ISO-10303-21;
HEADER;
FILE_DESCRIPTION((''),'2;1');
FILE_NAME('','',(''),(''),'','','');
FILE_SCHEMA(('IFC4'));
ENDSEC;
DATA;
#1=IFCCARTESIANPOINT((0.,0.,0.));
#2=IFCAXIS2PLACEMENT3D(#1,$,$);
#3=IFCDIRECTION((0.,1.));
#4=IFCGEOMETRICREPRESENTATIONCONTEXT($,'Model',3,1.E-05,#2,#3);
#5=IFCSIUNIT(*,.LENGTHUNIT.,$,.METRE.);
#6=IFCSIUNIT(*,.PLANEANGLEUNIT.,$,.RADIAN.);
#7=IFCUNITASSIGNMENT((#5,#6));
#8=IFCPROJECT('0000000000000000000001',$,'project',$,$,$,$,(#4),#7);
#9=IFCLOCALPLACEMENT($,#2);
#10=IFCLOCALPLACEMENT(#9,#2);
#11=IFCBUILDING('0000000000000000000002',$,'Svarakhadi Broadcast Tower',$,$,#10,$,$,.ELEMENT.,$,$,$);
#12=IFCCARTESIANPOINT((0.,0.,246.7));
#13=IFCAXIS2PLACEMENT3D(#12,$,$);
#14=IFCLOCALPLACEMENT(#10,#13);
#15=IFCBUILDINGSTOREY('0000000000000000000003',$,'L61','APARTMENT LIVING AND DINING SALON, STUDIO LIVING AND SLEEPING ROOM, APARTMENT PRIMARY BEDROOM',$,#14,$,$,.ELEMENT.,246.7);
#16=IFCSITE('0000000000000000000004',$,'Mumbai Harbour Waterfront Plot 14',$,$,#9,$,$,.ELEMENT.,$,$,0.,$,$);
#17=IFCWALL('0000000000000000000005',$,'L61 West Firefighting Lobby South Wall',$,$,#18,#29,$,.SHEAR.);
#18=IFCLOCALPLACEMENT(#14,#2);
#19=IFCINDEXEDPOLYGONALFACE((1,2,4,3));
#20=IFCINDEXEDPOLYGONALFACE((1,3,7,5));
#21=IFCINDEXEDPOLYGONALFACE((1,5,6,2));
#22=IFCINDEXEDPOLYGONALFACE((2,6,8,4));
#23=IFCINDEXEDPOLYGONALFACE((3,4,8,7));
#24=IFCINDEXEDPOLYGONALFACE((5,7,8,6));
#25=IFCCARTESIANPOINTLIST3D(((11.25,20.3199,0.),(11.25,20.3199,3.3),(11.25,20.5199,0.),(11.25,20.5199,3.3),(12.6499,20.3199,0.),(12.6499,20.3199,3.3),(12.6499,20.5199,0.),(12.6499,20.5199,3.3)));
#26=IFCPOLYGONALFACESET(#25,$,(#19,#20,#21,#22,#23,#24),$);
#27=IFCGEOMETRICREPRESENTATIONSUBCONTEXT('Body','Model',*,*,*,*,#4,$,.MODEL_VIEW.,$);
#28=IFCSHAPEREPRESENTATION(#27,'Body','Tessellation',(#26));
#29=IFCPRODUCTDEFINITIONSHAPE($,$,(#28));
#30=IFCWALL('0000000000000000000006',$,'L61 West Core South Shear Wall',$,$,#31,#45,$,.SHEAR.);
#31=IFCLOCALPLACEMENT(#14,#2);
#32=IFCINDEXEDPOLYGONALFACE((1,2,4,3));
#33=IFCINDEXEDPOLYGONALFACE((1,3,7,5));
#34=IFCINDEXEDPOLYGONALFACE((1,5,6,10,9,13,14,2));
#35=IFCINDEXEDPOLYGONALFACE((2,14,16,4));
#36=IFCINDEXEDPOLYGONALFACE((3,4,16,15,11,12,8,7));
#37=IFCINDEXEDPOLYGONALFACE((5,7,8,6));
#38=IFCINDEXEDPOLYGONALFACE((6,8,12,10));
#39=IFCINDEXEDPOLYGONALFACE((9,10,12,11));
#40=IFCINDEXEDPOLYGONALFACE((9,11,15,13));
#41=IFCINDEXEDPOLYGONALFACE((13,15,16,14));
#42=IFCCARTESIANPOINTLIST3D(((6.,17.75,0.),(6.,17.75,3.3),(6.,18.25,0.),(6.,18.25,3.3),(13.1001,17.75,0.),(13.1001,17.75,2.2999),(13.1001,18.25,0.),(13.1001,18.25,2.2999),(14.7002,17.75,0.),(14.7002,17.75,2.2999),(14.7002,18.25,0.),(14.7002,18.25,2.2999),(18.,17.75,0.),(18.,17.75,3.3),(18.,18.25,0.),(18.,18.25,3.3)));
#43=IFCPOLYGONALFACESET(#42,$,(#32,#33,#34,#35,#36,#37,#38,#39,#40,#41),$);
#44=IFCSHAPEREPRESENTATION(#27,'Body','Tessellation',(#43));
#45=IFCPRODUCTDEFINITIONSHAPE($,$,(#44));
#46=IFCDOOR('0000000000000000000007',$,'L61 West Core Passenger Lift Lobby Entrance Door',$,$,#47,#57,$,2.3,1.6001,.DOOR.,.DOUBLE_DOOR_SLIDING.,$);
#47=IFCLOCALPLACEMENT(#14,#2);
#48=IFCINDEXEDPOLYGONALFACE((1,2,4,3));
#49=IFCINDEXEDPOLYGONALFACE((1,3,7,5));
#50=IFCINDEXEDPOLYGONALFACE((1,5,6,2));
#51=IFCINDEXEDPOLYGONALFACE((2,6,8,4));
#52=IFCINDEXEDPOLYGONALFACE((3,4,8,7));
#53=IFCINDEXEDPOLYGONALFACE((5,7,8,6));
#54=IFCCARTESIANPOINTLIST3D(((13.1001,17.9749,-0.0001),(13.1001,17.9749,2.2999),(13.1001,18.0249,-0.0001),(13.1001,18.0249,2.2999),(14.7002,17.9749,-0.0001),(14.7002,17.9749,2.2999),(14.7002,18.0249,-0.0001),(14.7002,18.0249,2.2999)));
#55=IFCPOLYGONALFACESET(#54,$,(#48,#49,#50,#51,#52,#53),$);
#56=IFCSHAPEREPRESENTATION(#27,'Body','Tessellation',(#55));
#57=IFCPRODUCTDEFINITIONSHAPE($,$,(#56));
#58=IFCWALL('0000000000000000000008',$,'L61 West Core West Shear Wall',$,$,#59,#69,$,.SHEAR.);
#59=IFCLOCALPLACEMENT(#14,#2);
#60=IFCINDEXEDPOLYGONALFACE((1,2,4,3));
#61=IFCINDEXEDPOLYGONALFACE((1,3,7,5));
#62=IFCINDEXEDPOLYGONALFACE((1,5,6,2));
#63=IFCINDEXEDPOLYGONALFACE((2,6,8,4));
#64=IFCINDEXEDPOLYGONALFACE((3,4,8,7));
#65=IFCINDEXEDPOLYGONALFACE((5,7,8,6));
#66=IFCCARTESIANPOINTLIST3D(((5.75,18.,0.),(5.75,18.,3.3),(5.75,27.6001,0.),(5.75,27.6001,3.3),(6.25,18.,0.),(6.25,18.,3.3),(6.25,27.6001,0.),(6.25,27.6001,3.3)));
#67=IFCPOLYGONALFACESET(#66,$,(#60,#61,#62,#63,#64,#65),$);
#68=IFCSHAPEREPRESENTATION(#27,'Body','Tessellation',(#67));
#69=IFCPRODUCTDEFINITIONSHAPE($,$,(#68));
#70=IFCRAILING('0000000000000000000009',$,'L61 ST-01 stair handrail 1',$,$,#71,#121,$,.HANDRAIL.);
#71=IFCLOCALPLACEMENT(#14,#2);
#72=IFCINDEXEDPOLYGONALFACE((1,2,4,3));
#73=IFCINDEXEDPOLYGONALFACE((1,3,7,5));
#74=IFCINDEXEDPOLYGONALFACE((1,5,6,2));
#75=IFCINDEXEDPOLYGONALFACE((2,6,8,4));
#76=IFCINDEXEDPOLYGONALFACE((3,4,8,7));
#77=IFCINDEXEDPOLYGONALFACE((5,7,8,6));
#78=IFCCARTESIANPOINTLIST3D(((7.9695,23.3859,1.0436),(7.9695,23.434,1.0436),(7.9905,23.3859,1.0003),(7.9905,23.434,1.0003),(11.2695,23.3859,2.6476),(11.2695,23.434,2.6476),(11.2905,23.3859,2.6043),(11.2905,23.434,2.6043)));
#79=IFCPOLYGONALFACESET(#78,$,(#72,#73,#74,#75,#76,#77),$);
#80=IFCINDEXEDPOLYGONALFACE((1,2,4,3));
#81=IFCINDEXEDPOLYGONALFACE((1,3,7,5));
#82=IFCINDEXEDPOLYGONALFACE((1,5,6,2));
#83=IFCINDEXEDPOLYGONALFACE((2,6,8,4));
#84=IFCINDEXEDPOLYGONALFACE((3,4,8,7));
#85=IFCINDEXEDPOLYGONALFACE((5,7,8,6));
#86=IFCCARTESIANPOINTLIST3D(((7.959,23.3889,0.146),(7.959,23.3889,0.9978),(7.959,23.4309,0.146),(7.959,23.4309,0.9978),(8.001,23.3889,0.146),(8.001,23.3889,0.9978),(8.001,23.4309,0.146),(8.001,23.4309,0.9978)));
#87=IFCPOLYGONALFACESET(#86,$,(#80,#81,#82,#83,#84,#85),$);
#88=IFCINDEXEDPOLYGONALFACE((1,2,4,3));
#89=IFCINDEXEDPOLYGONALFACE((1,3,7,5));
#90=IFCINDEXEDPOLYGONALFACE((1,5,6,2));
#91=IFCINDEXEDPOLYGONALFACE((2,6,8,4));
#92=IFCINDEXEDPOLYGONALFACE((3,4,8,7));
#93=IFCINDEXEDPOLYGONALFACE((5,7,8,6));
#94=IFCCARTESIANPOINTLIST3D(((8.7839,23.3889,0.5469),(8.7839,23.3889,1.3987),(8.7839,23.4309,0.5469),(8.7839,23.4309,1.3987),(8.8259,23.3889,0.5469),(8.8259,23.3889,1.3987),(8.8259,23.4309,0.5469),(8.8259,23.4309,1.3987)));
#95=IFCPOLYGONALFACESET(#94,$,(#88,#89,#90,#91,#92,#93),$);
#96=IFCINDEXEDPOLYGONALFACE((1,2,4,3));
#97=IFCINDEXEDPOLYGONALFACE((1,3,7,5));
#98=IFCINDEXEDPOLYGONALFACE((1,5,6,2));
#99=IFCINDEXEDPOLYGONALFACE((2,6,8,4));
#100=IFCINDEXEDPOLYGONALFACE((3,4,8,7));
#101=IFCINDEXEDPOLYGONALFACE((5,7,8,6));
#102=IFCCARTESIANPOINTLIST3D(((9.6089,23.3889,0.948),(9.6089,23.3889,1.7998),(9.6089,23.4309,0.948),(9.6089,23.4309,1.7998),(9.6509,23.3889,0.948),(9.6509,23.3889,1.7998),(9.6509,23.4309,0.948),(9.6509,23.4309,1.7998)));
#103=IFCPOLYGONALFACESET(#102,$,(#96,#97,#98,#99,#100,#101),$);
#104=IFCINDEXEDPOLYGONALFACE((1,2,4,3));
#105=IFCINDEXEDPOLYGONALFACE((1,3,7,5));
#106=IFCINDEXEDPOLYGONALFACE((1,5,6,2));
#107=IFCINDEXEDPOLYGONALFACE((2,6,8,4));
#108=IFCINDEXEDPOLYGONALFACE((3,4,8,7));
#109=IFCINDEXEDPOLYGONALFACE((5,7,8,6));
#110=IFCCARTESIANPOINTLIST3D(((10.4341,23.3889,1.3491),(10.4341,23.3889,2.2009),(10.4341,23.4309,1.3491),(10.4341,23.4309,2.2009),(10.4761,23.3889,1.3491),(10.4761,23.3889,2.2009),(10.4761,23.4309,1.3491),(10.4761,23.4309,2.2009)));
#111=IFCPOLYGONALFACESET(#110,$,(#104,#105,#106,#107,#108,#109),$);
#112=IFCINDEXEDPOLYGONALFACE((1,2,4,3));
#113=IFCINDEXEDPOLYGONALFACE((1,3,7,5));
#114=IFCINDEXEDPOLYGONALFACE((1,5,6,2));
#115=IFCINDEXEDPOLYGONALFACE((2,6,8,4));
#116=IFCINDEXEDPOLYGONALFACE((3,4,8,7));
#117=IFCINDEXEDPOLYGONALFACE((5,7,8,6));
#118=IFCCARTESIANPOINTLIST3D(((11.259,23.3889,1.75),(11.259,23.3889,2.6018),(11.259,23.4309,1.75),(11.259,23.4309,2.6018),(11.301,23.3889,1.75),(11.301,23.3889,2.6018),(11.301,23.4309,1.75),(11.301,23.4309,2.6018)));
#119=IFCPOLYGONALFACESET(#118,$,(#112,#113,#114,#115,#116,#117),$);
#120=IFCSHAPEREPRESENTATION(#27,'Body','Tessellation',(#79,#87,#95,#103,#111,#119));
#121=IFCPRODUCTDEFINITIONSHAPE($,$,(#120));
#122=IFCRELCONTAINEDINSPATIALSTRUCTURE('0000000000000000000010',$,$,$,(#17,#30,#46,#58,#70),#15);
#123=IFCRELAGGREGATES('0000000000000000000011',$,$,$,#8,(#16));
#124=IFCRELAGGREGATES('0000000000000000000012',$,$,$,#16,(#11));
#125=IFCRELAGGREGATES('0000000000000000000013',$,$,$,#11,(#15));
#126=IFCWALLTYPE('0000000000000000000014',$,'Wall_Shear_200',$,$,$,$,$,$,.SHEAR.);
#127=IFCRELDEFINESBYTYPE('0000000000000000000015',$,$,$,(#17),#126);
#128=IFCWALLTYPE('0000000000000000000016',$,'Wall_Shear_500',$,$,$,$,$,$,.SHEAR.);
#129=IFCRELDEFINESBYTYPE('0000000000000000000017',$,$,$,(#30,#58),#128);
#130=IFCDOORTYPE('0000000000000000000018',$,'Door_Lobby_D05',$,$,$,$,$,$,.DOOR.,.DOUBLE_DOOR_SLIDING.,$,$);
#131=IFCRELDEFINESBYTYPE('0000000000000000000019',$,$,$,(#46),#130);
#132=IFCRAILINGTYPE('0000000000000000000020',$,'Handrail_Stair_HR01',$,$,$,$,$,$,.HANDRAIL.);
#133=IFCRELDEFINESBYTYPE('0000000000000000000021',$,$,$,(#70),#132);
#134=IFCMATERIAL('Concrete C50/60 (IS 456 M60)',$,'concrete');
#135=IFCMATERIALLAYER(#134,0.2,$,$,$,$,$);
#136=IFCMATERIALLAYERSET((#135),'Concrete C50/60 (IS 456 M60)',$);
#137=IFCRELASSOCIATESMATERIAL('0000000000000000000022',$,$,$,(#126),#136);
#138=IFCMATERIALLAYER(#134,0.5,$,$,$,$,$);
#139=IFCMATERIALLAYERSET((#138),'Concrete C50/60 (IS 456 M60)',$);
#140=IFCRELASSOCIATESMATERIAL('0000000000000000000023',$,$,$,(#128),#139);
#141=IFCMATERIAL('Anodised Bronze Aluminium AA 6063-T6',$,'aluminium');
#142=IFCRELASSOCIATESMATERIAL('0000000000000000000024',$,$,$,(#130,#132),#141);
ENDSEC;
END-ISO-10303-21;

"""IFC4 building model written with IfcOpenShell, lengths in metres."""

from ifc_helpers import new_model, si_unit, direction, frame, frame_2d, origin, origin_2d, place, context, subcontext, project, spatial, rectangle, extrude, material, layer, layer_set, type_object, element, fill, save


model = new_model("IFC4")

# Units and contexts
model_context = context("Model", 3, precision=1e-05, world=origin(), true_north=direction((0.0, 1.0)))
body_context = subcontext(model_context, "Body", "Model", "MODEL_VIEW")
ifc_project = project(units=[si_unit("LENGTHUNIT", "METRE"), si_unit("PLANEANGLEUNIT", "RADIAN")], contexts=[model_context])

# Site, building, storey
site_placement = place(None, origin())
site = spatial("IfcSite", under=ifc_project, at=site_placement, Name="Mumbai Harbour Waterfront Plot 14", CompositionType="ELEMENT", RefElevation=0.0)
building_placement = place(site_placement, origin())
building = spatial("IfcBuilding", under=site, at=building_placement, Name="Svarakhadi Broadcast Tower", CompositionType="ELEMENT")
storey_placement = place(building_placement, frame((0.0, 0.0, 246.7)))
storey = spatial("IfcBuildingStorey", under=building, at=storey_placement, Name="L61", Description="APARTMENT LIVING AND DINING SALON, STUDIO LIVING AND SLEEPING ROOM, APARTMENT PRIMARY BEDROOM", CompositionType="ELEMENT", Elevation=246.7)

# Shared definitions
ifc_material_1 = material(Name="Concrete C50/60 (IS 456 M60)", Category="concrete")

# Shared definitions
ifc_layer_1 = layer(ifc_material_1, 0.2)
ifc_layer_set_1 = layer_set([ifc_layer_1], Name="Concrete C50/60 (IS 456 M60)")
wall_type_1 = type_object("IfcWallType", Name="Wall_Shear_200", PredefinedType="SHEAR", material=ifc_layer_set_1)

# Wall
wall_1_placement = place(storey_placement, frame((11.25, 20.4199, 0.0), z_axis=(0.0, 0.0, 1.0), x_axis=(1.0, 0.0, 0.0)))
element("IfcWall", 1, at=wall_1_placement, inside=storey, type_object=wall_type_1, Name="L61 West Firefighting Lobby South Wall", PredefinedType="SHEAR", context=body_context, shape_type="SweptSolid", body=[
    extrude(rectangle(XDim=1.3999, YDim=0.2, at=frame_2d((0.7, 0.0))), origin(), (0.0, 0.0, 1.0), 3.3),
])

# Wall, opening, door
ifc_layer_2 = layer(ifc_material_1, 0.5)
ifc_layer_set_2 = layer_set([ifc_layer_2], Name="Concrete C50/60 (IS 456 M60)")
wall_type_2 = type_object("IfcWallType", Name="Wall_Shear_500", PredefinedType="SHEAR", material=ifc_layer_set_2)
wall_2_placement = place(storey_placement, frame((6.0, 18.0, 0.0), z_axis=(0.0, 0.0, 1.0), x_axis=(1.0, 0.0, 0.0)))
wall_2 = element("IfcWall", 2, at=wall_2_placement, inside=storey, type_object=wall_type_2, Name="L61 West Core South Shear Wall", PredefinedType="SHEAR", context=body_context, shape_type="SweptSolid", body=[
    extrude(rectangle(XDim=12.0, YDim=0.5, at=frame_2d((6.0, 0.0))), origin(), (0.0, 0.0, 1.0), 3.3),
])
opening_1_placement = place(wall_2_placement, frame((7.1001, 0.0, 0.0)))
opening_1 = element("IfcOpeningElement", 3, at=opening_1_placement, cuts=wall_2, PredefinedType="OPENING", context=body_context, shape_type="SweptSolid", body=[
    extrude(rectangle(XDim=1.6001, YDim=2.3, at=frame_2d((0.8, 1.1499))), frame((0.0, 0.26, 0.0), z_axis=(0.0, -1.0, 0.0), x_axis=(1.0, 0.0, 0.0)), (0.0, 0.0, 1.0), 0.52),
])
ifc_material_2 = material(Name="Anodised Bronze Aluminium AA 6063-T6", Category="aluminium")
door_type_1 = type_object("IfcDoorType", Name="Door_Lobby_D05", OperationType="DOUBLE_DOOR_SLIDING", PredefinedType="DOOR", material=ifc_material_2)
door_1_placement = place(opening_1_placement, origin())
door_1 = element("IfcDoor", 4, at=door_1_placement, inside=storey, type_object=door_type_1, Name="L61 West Core Passenger Lift Lobby Entrance Door", OperationType="DOUBLE_DOOR_SLIDING", OverallHeight=2.3, OverallWidth=1.6001, PredefinedType="DOOR", context=body_context, shape_type="SweptSolid", body=[
    extrude(rectangle(XDim=1.6001, YDim=2.3, at=frame_2d((0.8, 1.1499))), frame((0.0, 0.0249, 0.0), z_axis=(0.0, -1.0, 0.0), x_axis=(1.0, 0.0, 0.0)), (0.0, 0.0, 1.0), 0.05),
])
fill(opening_1, door_1)

# Wall
wall_3_placement = place(storey_placement, frame((6.0, 18.0, 0.0), z_axis=(0.0, 0.0, 1.0), x_axis=(0.0, 1.0, 0.0)))
element("IfcWall", 5, at=wall_3_placement, inside=storey, type_object=wall_type_2, Name="L61 West Core West Shear Wall", PredefinedType="SHEAR", context=body_context, shape_type="SweptSolid", body=[
    extrude(rectangle(XDim=9.6001, YDim=0.5, at=frame_2d((4.8, 0.0))), origin(), (0.0, 0.0, 1.0), 3.3),
])

# Railing
railing_type = type_object("IfcRailingType", Name="Handrail_Stair_HR01", PredefinedType="HANDRAIL", material=ifc_material_2)
railing_placement = place(storey_placement, frame((7.98, 23.4099, 0.146)))
element("IfcRailing", 6, at=railing_placement, inside=storey, type_object=railing_type, Name="L61 ST-01 stair handrail 1", PredefinedType="HANDRAIL", context=body_context, shape_type="SweptSolid", body=[
    extrude(rectangle(XDim=0.0481, YDim=0.0481, at=origin_2d()), frame((0.0, 0.0, 0.876), z_axis=(0.899388, 0.0, 0.437152), x_axis=(0.0, 1.0, 0.0)), (0.0, 0.0, 1.0), 3.6692),
    extrude(rectangle(XDim=0.042, YDim=0.042, at=origin_2d()), origin(), (0.0, 0.0, 1.0), 0.8518),
    extrude(rectangle(XDim=0.042, YDim=0.042, at=origin_2d()), frame((0.825, 0.0, 0.4009)), (0.0, 0.0, 1.0), 0.8518),
    extrude(rectangle(XDim=0.042, YDim=0.042, at=origin_2d()), frame((1.6499, 0.0, 0.802)), (0.0, 0.0, 1.0), 0.8518),
    extrude(rectangle(XDim=0.042, YDim=0.042, at=origin_2d()), frame((2.4751, 0.0, 1.2031)), (0.0, 0.0, 1.0), 0.8518),
    extrude(rectangle(XDim=0.042, YDim=0.042, at=origin_2d()), frame((3.3, 0.0, 1.604)), (0.0, 0.0, 1.0), 0.8518),
])

save(model, "model.ifc")
